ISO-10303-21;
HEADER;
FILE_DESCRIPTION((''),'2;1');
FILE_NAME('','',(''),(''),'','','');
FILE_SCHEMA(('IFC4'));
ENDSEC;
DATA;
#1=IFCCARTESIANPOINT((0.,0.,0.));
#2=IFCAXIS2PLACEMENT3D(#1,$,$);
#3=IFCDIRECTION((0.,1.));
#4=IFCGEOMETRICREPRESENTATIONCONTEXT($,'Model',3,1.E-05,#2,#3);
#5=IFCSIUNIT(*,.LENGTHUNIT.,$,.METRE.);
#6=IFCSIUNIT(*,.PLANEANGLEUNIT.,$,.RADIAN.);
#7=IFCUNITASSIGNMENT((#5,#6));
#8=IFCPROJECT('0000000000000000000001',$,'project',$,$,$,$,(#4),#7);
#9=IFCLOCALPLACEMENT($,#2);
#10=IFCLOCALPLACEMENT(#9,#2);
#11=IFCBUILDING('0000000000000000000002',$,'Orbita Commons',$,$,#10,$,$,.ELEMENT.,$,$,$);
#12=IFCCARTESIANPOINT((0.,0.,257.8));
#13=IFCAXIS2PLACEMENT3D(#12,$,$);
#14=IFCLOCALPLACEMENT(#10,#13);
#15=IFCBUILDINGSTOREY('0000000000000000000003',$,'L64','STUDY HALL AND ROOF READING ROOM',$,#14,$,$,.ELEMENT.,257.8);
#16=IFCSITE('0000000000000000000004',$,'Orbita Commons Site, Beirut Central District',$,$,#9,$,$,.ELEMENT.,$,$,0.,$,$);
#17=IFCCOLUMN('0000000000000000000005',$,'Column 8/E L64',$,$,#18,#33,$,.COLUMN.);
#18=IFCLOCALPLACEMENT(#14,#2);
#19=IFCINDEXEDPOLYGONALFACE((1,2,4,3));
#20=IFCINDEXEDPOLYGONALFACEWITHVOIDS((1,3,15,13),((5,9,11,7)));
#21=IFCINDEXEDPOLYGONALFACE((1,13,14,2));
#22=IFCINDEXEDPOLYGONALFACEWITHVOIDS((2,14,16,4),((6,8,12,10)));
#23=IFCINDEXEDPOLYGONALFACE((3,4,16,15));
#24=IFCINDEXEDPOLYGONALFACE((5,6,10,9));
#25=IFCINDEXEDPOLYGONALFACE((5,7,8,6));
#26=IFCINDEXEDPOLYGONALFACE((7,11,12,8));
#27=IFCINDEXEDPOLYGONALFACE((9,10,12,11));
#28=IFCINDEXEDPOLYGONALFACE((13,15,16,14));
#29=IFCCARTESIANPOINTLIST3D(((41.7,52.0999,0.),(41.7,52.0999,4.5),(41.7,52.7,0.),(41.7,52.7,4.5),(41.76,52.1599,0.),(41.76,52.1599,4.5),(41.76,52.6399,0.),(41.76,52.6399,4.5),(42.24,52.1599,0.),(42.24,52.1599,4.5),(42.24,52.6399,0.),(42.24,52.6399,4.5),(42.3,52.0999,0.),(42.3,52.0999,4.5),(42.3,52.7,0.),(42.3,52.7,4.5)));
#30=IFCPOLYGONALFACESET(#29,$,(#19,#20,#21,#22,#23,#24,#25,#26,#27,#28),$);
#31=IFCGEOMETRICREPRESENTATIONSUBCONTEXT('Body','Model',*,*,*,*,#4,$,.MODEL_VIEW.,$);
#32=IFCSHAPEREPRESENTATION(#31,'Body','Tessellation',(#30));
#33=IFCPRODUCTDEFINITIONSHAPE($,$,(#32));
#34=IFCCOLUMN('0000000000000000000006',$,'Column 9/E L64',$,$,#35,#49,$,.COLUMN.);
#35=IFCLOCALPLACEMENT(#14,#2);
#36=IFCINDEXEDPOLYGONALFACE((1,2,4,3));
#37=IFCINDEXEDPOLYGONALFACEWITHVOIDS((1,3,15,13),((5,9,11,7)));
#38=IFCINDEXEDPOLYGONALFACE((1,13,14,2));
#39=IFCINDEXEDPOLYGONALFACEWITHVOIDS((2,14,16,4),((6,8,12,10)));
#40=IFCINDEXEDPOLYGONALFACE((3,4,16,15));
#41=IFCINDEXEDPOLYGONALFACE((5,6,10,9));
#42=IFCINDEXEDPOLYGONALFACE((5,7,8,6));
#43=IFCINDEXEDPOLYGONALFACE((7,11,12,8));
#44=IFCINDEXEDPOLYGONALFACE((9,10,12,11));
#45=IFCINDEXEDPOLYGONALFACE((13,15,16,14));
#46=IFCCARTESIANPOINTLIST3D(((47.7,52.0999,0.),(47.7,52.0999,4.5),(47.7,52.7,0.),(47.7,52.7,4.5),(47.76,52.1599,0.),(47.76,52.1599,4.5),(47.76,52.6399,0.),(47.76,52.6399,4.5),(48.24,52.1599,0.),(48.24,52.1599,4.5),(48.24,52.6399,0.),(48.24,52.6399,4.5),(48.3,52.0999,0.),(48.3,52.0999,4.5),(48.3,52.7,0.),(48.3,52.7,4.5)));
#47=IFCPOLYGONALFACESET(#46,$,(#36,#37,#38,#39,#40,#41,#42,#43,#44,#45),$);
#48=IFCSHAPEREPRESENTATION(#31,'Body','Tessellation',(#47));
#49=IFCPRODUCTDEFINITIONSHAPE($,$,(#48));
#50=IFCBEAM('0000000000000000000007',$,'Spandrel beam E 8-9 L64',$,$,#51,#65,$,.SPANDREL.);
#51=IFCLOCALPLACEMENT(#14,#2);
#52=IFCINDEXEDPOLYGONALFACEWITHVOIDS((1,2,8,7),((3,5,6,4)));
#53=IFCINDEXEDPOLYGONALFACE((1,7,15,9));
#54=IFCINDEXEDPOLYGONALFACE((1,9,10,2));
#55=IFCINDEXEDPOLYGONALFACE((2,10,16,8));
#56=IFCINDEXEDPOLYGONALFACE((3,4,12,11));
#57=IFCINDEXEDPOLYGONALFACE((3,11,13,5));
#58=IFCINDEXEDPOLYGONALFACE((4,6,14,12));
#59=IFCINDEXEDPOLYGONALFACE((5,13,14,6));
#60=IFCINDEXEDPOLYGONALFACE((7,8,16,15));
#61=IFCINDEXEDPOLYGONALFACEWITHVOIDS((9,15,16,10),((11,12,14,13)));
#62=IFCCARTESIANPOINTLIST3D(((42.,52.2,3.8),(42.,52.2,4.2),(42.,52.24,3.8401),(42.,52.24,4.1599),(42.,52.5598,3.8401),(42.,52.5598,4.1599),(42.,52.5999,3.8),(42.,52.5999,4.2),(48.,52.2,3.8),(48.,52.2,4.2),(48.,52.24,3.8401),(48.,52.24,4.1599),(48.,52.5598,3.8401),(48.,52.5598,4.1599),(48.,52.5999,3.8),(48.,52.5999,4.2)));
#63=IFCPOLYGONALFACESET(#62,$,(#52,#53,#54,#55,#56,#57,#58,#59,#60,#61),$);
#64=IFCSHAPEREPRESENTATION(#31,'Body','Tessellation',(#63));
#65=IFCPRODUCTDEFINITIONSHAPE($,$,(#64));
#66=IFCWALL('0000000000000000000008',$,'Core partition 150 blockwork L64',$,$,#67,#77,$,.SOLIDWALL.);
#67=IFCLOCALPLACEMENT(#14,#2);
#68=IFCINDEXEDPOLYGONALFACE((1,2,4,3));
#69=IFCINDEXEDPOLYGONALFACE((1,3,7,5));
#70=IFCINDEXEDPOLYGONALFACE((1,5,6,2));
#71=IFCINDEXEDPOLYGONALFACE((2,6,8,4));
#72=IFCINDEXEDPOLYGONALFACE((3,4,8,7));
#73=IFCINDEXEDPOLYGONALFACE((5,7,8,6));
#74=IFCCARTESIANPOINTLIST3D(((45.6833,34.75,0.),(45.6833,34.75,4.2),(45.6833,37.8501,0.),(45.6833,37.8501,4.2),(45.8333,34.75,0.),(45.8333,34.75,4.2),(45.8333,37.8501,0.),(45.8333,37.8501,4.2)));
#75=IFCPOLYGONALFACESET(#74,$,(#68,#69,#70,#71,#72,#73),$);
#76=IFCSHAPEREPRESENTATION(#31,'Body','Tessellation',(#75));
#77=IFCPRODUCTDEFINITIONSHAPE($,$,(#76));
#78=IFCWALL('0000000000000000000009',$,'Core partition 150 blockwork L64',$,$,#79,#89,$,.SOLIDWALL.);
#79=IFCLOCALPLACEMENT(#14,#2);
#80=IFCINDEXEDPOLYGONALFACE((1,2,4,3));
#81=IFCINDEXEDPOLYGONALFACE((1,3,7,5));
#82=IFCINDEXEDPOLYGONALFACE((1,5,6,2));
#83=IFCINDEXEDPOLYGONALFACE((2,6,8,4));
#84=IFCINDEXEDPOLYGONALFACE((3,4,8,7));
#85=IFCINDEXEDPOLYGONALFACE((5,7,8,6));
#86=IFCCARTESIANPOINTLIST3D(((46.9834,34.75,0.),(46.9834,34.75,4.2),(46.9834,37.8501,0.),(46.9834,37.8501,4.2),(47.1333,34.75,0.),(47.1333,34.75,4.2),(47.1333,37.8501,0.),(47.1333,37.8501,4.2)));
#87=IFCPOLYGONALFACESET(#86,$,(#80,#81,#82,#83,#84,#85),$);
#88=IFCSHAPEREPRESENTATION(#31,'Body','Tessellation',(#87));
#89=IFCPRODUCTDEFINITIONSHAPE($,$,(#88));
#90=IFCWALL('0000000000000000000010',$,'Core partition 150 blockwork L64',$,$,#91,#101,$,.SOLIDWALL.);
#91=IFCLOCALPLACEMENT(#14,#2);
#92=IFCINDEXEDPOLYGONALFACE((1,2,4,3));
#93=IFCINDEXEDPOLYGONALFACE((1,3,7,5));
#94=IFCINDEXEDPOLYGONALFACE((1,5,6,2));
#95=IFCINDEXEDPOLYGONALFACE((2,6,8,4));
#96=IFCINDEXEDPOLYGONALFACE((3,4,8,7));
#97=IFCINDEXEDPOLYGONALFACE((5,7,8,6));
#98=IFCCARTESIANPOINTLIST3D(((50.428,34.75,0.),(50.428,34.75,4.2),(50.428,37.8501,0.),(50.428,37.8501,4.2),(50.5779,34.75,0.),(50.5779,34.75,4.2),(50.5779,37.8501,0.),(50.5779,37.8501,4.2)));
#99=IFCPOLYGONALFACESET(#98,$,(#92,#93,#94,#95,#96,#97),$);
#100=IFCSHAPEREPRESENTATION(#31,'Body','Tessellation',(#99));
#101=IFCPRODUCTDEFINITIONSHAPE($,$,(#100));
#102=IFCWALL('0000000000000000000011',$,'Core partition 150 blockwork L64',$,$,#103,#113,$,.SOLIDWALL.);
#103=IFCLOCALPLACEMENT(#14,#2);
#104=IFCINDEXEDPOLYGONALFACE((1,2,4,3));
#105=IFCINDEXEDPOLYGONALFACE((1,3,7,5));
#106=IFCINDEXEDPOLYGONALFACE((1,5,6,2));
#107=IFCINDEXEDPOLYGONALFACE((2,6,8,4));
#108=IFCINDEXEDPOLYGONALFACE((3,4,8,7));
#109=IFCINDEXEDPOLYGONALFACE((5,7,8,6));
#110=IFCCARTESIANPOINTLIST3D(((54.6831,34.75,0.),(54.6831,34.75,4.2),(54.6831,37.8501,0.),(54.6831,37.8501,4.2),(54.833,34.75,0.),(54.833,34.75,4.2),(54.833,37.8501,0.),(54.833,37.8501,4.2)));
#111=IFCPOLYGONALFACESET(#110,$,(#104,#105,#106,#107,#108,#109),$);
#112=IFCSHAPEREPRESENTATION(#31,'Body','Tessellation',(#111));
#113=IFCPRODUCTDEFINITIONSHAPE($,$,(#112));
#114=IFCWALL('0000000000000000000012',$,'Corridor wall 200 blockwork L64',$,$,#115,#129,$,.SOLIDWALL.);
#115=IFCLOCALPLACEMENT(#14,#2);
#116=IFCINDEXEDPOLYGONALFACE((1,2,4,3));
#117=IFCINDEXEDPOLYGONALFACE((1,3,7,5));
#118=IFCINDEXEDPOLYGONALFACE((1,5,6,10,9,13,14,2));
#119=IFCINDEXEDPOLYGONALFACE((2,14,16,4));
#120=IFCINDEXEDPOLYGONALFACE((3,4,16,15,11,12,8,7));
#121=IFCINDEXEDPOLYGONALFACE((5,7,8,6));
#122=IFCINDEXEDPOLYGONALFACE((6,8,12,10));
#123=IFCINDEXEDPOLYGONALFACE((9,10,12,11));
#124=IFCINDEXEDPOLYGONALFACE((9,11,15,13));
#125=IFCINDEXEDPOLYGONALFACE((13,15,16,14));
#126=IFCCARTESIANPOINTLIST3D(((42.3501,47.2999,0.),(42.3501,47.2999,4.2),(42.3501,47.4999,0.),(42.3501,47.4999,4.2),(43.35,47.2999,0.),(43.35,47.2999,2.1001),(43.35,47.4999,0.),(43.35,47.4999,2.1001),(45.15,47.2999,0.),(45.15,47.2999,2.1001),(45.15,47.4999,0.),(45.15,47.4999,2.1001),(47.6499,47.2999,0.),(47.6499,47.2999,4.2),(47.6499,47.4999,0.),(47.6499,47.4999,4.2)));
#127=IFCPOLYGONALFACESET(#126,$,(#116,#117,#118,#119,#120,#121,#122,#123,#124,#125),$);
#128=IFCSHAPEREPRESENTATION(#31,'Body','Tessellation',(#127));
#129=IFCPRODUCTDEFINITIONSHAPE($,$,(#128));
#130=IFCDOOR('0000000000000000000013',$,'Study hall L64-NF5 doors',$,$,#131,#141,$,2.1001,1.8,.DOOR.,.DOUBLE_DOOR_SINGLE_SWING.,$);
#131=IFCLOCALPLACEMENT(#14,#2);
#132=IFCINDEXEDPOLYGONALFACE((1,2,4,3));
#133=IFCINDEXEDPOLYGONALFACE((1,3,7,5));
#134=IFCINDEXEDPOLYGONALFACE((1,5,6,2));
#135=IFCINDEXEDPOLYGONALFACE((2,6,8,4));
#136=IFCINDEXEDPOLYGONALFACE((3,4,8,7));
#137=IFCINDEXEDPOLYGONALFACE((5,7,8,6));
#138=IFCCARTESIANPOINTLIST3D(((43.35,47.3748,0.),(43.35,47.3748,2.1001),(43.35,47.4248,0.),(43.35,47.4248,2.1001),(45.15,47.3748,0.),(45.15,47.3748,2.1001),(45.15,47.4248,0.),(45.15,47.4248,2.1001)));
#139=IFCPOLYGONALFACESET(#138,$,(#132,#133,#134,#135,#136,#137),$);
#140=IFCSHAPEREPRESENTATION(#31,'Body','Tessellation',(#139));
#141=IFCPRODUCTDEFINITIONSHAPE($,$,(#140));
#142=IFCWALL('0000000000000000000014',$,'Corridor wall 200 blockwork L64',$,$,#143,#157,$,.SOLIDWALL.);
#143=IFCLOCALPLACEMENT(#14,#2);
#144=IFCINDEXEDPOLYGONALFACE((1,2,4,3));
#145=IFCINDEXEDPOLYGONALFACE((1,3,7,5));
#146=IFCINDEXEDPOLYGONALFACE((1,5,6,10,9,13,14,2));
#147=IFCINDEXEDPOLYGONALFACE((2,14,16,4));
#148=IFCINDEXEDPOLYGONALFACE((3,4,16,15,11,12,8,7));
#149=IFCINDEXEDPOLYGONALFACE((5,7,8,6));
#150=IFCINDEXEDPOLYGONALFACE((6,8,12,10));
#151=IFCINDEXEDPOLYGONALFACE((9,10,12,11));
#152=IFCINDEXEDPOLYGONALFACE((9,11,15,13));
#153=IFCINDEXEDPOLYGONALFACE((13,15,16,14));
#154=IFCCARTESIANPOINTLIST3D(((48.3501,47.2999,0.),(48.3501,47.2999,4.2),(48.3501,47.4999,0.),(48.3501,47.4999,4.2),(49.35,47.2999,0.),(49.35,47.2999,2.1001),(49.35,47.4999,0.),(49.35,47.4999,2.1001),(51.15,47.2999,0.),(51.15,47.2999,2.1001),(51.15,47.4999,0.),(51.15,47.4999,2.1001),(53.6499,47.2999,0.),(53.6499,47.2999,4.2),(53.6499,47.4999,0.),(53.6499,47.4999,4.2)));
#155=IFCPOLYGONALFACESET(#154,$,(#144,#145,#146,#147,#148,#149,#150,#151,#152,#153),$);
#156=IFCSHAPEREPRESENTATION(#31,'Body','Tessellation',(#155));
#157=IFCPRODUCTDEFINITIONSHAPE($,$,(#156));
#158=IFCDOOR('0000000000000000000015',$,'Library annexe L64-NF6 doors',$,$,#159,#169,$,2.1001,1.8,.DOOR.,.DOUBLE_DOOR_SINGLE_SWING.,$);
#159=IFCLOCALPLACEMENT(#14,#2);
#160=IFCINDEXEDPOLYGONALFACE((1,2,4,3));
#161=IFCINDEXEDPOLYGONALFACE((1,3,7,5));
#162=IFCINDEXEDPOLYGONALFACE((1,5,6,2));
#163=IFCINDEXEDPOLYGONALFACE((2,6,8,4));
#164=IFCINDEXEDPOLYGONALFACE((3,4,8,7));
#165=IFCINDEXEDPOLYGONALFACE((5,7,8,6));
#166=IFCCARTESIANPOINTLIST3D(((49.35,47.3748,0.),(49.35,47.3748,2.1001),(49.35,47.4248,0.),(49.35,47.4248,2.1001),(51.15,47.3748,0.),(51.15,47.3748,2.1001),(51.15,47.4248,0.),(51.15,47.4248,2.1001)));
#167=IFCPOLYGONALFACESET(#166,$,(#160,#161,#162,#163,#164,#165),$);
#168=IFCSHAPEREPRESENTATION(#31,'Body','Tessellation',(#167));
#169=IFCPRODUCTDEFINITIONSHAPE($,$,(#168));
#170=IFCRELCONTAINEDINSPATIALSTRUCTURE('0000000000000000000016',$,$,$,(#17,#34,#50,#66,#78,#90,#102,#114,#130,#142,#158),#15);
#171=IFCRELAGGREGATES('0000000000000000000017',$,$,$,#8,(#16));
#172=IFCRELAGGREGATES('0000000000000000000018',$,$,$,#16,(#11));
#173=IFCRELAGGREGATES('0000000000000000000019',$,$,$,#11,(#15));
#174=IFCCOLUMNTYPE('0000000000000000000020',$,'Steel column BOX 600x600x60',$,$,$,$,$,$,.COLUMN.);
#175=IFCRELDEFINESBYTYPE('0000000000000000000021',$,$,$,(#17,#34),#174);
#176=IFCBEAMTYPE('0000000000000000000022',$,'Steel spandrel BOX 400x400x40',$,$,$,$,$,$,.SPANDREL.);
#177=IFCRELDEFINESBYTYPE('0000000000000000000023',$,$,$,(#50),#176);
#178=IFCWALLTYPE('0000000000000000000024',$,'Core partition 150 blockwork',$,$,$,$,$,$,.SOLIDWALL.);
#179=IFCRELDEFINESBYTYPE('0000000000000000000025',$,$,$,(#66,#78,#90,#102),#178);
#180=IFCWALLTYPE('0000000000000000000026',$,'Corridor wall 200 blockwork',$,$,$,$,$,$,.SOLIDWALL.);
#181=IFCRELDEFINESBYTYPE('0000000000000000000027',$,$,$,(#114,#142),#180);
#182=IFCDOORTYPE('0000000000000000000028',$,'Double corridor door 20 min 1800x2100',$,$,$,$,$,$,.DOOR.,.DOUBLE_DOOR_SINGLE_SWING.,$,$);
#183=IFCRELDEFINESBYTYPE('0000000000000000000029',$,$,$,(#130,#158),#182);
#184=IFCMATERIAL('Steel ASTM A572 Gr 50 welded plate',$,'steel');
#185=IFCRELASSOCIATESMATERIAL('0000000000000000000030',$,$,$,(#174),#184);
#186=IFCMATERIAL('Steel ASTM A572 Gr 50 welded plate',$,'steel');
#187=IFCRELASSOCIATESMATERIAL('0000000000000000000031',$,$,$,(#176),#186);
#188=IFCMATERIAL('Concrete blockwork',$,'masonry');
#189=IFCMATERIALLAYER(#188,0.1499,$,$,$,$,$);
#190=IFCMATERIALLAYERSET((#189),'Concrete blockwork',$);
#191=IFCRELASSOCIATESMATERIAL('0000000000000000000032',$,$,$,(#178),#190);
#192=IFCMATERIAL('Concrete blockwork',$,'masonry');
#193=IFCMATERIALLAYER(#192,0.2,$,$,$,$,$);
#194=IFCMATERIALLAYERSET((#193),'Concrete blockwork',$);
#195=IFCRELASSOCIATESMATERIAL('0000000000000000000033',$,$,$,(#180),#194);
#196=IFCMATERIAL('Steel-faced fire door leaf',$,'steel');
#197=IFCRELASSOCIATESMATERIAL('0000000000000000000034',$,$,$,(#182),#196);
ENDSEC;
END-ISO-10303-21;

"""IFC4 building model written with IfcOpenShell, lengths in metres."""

from ifc_helpers import new_model, si_unit, direction, frame, frame_2d, origin, origin_2d, place, context, subcontext, project, spatial, rectangle, hollow_rectangle, extrude, material, layer, layer_set, material_profile, profile_set, type_object, element, fill, save


model = new_model("IFC4")

# Units and contexts
model_context = context("Model", 3, precision=1e-05, world=origin(), true_north=direction((0.0, 1.0)))
body_context = subcontext(model_context, "Body", "Model", "MODEL_VIEW")
ifc_project = project(units=[si_unit("LENGTHUNIT", "METRE"), si_unit("PLANEANGLEUNIT", "RADIAN")], contexts=[model_context])

# Site, building, storey
site_placement = place(None, origin())
site = spatial("IfcSite", under=ifc_project, at=site_placement, Name="Orbita Commons Site, Beirut Central District", CompositionType="ELEMENT", RefElevation=0.0)
building_placement = place(site_placement, origin())
building = spatial("IfcBuilding", under=site, at=building_placement, Name="Orbita Commons", CompositionType="ELEMENT")
storey_placement = place(building_placement, frame((0.0, 0.0, 257.8)))
storey = spatial("IfcBuildingStorey", under=building, at=storey_placement, Name="L64", Description="STUDY HALL AND ROOF READING ROOM", CompositionType="ELEMENT", Elevation=257.8)

# Columns
ifc_material_1 = material(Name="Steel ASTM A572 Gr 50 welded plate", Category="steel")
ifc_material_profile_1 = material_profile(ifc_material_1, hollow_rectangle(XDim=0.6001, YDim=0.6001, WallThickness=0.0601, at=origin_2d()), Name="BOX 600x600x60")
ifc_profile_set_1 = profile_set([ifc_material_profile_1], Name="Steel ASTM A572 Gr 50 welded plate")
column_type = type_object("IfcColumnType", Name="Steel column BOX 600x600x60", PredefinedType="COLUMN", material=ifc_profile_set_1)
for number, where, z_axis, x_axis, name in (
    (1, (42.0, 52.3999, 0.0), (0.0, 0.0, 1.0), (1.0, 0.0, 0.0), "Column 8/E L64"),
    (2, (48.0, 52.3999, 0.0), (0.0, 0.0, 1.0), (1.0, 0.0, 0.0), "Column 9/E L64"),
):
    element("IfcColumn", number, at=place(storey_placement, frame(where, z_axis=z_axis, x_axis=x_axis)), inside=storey, type_object=column_type, Name=name, PredefinedType="COLUMN", context=body_context, shape_type="SweptSolid", body=[
        extrude(hollow_rectangle(XDim=0.6001, YDim=0.6001, WallThickness=0.0601, at=origin_2d()), origin(), (0.0, 0.0, 1.0), 4.5),
    ])

# Beam
ifc_material_2 = material(Name="Steel ASTM A572 Gr 50 welded plate", Category="steel")
ifc_material_profile_2 = material_profile(ifc_material_2, hollow_rectangle(XDim=0.3999, YDim=0.3999, WallThickness=0.04, at=origin_2d()), Name="BOX 400x400x40")
ifc_profile_set_2 = profile_set([ifc_material_profile_2], Name="Steel ASTM A572 Gr 50 welded plate")
beam_type = type_object("IfcBeamType", Name="Steel spandrel BOX 400x400x40", PredefinedType="SPANDREL", material=ifc_profile_set_2)
beam_placement = place(storey_placement, frame((42.0, 52.3999, 4.0), z_axis=(1.0, 0.0, 0.0), x_axis=(0.0, 1.0, 0.0)))
element("IfcBeam", 3, at=beam_placement, inside=storey, type_object=beam_type, Name="Spandrel beam E 8-9 L64", PredefinedType="SPANDREL", context=body_context, shape_type="SweptSolid", body=[
    extrude(hollow_rectangle(XDim=0.3999, YDim=0.3999, WallThickness=0.04, at=origin_2d()), origin(), (0.0, 0.0, 1.0), 6.0),
])

# Walls
ifc_material_3 = material(Name="Concrete blockwork", Category="masonry")
ifc_layer_1 = layer(ifc_material_3, 0.1499)
ifc_layer_set_1 = layer_set([ifc_layer_1], Name="Concrete blockwork")
wall_type_1 = type_object("IfcWallType", Name="Core partition 150 blockwork", PredefinedType="SOLIDWALL", material=ifc_layer_set_1)
for number, where, z_axis, x_axis, name in (
    (4, (45.7583, 34.75, 0.0), (0.0, 0.0, 1.0), (0.0, 1.0, 0.0), "Core partition 150 blockwork L64"),
    (5, (47.0583, 34.75, 0.0), (0.0, 0.0, 1.0), (0.0, 1.0, 0.0), "Core partition 150 blockwork L64"),
    (6, (50.5029, 34.75, 0.0), (0.0, 0.0, 1.0), (0.0, 1.0, 0.0), "Core partition 150 blockwork L64"),
    (7, (54.7581, 34.75, 0.0), (0.0, 0.0, 1.0), (0.0, 1.0, 0.0), "Core partition 150 blockwork L64"),
):
    element("IfcWall", number, at=place(storey_placement, frame(where, z_axis=z_axis, x_axis=x_axis)), inside=storey, type_object=wall_type_1, Name=name, PredefinedType="SOLIDWALL", context=body_context, shape_type="SweptSolid", body=[
        extrude(rectangle(XDim=3.1001, YDim=0.1499, at=frame_2d((1.55, 0.0))), origin(), (0.0, 0.0, 1.0), 4.2),
    ])

# Walls, openings, doors
ifc_material_4 = material(Name="Concrete blockwork", Category="masonry")
ifc_layer_2 = layer(ifc_material_4, 0.2)
ifc_layer_set_2 = layer_set([ifc_layer_2], Name="Concrete blockwork")
wall_type_2 = type_object("IfcWallType", Name="Corridor wall 200 blockwork", PredefinedType="SOLIDWALL", material=ifc_layer_set_2)
wall_1_placement = place(storey_placement, frame((42.3501, 47.3999, 0.0), z_axis=(0.0, 0.0, 1.0), x_axis=(1.0, 0.0, 0.0)))
wall_1 = element("IfcWall", 8, at=wall_1_placement, inside=storey, type_object=wall_type_2, Name="Corridor wall 200 blockwork L64", PredefinedType="SOLIDWALL", context=body_context, shape_type="SweptSolid", body=[
    extrude(rectangle(XDim=5.2998, YDim=0.2, at=frame_2d((2.6499, 0.0))), origin(), (0.0, 0.0, 1.0), 4.2),
])
opening_1_placement = place(wall_1_placement, frame((1.0, 0.0, 0.0)))
opening_1 = element("IfcOpeningElement", 9, at=opening_1_placement, cuts=wall_1, PredefinedType="OPENING", context=body_context, shape_type="SweptSolid", body=[
    extrude(rectangle(XDim=1.8, YDim=2.1001, at=frame_2d((0.8999, 1.05))), frame((0.0, 0.1099, 0.0), z_axis=(0.0, -1.0, 0.0), x_axis=(1.0, 0.0, 0.0)), (0.0, 0.0, 1.0), 0.22),
])
ifc_material_5 = material(Name="Steel-faced fire door leaf", Category="steel")
door_type_1 = type_object("IfcDoorType", Name="Double corridor door 20 min 1800x2100", OperationType="DOUBLE_DOOR_SINGLE_SWING", PredefinedType="DOOR", material=ifc_material_5)
door_1_placement = place(opening_1_placement, origin())
door_1 = element("IfcDoor", 10, at=door_1_placement, inside=storey, type_object=door_type_1, Name="Study hall L64-NF5 doors", OperationType="DOUBLE_DOOR_SINGLE_SWING", OverallHeight=2.1001, OverallWidth=1.8, PredefinedType="DOOR", context=body_context, shape_type="SweptSolid", body=[
    extrude(rectangle(XDim=1.8, YDim=2.1001, at=frame_2d((0.8999, 1.05))), frame((0.0, 0.0249, 0.0), z_axis=(0.0, -1.0, 0.0), x_axis=(1.0, 0.0, 0.0)), (0.0, 0.0, 1.0), 0.05),
])
fill(opening_1, door_1)
wall_2_placement = place(storey_placement, frame((48.3501, 47.3999, 0.0), z_axis=(0.0, 0.0, 1.0), x_axis=(1.0, 0.0, 0.0)))
wall_2 = element("IfcWall", 11, at=wall_2_placement, inside=storey, type_object=wall_type_2, Name="Corridor wall 200 blockwork L64", PredefinedType="SOLIDWALL", context=body_context, shape_type="SweptSolid", body=[
    extrude(rectangle(XDim=5.2998, YDim=0.2, at=frame_2d((2.6499, 0.0))), origin(), (0.0, 0.0, 1.0), 4.2),
])
opening_2_placement = place(wall_2_placement, frame((1.0, 0.0, 0.0)))
opening_2 = element("IfcOpeningElement", 12, at=opening_2_placement, cuts=wall_2, PredefinedType="OPENING", context=body_context, shape_type="SweptSolid", body=[
    extrude(rectangle(XDim=1.8, YDim=2.1001, at=frame_2d((0.8999, 1.05))), frame((0.0, 0.1099, 0.0), z_axis=(0.0, -1.0, 0.0), x_axis=(1.0, 0.0, 0.0)), (0.0, 0.0, 1.0), 0.22),
])
door_2_placement = place(opening_2_placement, origin())
door_2 = element("IfcDoor", 13, at=door_2_placement, inside=storey, type_object=door_type_1, Name="Library annexe L64-NF6 doors", OperationType="DOUBLE_DOOR_SINGLE_SWING", OverallHeight=2.1001, OverallWidth=1.8, PredefinedType="DOOR", context=body_context, shape_type="SweptSolid", body=[
    extrude(rectangle(XDim=1.8, YDim=2.1001, at=frame_2d((0.8999, 1.05))), frame((0.0, 0.0249, 0.0), z_axis=(0.0, -1.0, 0.0), x_axis=(1.0, 0.0, 0.0)), (0.0, 0.0, 1.0), 0.05),
])
fill(opening_2, door_2)

save(model, "model.ifc")
